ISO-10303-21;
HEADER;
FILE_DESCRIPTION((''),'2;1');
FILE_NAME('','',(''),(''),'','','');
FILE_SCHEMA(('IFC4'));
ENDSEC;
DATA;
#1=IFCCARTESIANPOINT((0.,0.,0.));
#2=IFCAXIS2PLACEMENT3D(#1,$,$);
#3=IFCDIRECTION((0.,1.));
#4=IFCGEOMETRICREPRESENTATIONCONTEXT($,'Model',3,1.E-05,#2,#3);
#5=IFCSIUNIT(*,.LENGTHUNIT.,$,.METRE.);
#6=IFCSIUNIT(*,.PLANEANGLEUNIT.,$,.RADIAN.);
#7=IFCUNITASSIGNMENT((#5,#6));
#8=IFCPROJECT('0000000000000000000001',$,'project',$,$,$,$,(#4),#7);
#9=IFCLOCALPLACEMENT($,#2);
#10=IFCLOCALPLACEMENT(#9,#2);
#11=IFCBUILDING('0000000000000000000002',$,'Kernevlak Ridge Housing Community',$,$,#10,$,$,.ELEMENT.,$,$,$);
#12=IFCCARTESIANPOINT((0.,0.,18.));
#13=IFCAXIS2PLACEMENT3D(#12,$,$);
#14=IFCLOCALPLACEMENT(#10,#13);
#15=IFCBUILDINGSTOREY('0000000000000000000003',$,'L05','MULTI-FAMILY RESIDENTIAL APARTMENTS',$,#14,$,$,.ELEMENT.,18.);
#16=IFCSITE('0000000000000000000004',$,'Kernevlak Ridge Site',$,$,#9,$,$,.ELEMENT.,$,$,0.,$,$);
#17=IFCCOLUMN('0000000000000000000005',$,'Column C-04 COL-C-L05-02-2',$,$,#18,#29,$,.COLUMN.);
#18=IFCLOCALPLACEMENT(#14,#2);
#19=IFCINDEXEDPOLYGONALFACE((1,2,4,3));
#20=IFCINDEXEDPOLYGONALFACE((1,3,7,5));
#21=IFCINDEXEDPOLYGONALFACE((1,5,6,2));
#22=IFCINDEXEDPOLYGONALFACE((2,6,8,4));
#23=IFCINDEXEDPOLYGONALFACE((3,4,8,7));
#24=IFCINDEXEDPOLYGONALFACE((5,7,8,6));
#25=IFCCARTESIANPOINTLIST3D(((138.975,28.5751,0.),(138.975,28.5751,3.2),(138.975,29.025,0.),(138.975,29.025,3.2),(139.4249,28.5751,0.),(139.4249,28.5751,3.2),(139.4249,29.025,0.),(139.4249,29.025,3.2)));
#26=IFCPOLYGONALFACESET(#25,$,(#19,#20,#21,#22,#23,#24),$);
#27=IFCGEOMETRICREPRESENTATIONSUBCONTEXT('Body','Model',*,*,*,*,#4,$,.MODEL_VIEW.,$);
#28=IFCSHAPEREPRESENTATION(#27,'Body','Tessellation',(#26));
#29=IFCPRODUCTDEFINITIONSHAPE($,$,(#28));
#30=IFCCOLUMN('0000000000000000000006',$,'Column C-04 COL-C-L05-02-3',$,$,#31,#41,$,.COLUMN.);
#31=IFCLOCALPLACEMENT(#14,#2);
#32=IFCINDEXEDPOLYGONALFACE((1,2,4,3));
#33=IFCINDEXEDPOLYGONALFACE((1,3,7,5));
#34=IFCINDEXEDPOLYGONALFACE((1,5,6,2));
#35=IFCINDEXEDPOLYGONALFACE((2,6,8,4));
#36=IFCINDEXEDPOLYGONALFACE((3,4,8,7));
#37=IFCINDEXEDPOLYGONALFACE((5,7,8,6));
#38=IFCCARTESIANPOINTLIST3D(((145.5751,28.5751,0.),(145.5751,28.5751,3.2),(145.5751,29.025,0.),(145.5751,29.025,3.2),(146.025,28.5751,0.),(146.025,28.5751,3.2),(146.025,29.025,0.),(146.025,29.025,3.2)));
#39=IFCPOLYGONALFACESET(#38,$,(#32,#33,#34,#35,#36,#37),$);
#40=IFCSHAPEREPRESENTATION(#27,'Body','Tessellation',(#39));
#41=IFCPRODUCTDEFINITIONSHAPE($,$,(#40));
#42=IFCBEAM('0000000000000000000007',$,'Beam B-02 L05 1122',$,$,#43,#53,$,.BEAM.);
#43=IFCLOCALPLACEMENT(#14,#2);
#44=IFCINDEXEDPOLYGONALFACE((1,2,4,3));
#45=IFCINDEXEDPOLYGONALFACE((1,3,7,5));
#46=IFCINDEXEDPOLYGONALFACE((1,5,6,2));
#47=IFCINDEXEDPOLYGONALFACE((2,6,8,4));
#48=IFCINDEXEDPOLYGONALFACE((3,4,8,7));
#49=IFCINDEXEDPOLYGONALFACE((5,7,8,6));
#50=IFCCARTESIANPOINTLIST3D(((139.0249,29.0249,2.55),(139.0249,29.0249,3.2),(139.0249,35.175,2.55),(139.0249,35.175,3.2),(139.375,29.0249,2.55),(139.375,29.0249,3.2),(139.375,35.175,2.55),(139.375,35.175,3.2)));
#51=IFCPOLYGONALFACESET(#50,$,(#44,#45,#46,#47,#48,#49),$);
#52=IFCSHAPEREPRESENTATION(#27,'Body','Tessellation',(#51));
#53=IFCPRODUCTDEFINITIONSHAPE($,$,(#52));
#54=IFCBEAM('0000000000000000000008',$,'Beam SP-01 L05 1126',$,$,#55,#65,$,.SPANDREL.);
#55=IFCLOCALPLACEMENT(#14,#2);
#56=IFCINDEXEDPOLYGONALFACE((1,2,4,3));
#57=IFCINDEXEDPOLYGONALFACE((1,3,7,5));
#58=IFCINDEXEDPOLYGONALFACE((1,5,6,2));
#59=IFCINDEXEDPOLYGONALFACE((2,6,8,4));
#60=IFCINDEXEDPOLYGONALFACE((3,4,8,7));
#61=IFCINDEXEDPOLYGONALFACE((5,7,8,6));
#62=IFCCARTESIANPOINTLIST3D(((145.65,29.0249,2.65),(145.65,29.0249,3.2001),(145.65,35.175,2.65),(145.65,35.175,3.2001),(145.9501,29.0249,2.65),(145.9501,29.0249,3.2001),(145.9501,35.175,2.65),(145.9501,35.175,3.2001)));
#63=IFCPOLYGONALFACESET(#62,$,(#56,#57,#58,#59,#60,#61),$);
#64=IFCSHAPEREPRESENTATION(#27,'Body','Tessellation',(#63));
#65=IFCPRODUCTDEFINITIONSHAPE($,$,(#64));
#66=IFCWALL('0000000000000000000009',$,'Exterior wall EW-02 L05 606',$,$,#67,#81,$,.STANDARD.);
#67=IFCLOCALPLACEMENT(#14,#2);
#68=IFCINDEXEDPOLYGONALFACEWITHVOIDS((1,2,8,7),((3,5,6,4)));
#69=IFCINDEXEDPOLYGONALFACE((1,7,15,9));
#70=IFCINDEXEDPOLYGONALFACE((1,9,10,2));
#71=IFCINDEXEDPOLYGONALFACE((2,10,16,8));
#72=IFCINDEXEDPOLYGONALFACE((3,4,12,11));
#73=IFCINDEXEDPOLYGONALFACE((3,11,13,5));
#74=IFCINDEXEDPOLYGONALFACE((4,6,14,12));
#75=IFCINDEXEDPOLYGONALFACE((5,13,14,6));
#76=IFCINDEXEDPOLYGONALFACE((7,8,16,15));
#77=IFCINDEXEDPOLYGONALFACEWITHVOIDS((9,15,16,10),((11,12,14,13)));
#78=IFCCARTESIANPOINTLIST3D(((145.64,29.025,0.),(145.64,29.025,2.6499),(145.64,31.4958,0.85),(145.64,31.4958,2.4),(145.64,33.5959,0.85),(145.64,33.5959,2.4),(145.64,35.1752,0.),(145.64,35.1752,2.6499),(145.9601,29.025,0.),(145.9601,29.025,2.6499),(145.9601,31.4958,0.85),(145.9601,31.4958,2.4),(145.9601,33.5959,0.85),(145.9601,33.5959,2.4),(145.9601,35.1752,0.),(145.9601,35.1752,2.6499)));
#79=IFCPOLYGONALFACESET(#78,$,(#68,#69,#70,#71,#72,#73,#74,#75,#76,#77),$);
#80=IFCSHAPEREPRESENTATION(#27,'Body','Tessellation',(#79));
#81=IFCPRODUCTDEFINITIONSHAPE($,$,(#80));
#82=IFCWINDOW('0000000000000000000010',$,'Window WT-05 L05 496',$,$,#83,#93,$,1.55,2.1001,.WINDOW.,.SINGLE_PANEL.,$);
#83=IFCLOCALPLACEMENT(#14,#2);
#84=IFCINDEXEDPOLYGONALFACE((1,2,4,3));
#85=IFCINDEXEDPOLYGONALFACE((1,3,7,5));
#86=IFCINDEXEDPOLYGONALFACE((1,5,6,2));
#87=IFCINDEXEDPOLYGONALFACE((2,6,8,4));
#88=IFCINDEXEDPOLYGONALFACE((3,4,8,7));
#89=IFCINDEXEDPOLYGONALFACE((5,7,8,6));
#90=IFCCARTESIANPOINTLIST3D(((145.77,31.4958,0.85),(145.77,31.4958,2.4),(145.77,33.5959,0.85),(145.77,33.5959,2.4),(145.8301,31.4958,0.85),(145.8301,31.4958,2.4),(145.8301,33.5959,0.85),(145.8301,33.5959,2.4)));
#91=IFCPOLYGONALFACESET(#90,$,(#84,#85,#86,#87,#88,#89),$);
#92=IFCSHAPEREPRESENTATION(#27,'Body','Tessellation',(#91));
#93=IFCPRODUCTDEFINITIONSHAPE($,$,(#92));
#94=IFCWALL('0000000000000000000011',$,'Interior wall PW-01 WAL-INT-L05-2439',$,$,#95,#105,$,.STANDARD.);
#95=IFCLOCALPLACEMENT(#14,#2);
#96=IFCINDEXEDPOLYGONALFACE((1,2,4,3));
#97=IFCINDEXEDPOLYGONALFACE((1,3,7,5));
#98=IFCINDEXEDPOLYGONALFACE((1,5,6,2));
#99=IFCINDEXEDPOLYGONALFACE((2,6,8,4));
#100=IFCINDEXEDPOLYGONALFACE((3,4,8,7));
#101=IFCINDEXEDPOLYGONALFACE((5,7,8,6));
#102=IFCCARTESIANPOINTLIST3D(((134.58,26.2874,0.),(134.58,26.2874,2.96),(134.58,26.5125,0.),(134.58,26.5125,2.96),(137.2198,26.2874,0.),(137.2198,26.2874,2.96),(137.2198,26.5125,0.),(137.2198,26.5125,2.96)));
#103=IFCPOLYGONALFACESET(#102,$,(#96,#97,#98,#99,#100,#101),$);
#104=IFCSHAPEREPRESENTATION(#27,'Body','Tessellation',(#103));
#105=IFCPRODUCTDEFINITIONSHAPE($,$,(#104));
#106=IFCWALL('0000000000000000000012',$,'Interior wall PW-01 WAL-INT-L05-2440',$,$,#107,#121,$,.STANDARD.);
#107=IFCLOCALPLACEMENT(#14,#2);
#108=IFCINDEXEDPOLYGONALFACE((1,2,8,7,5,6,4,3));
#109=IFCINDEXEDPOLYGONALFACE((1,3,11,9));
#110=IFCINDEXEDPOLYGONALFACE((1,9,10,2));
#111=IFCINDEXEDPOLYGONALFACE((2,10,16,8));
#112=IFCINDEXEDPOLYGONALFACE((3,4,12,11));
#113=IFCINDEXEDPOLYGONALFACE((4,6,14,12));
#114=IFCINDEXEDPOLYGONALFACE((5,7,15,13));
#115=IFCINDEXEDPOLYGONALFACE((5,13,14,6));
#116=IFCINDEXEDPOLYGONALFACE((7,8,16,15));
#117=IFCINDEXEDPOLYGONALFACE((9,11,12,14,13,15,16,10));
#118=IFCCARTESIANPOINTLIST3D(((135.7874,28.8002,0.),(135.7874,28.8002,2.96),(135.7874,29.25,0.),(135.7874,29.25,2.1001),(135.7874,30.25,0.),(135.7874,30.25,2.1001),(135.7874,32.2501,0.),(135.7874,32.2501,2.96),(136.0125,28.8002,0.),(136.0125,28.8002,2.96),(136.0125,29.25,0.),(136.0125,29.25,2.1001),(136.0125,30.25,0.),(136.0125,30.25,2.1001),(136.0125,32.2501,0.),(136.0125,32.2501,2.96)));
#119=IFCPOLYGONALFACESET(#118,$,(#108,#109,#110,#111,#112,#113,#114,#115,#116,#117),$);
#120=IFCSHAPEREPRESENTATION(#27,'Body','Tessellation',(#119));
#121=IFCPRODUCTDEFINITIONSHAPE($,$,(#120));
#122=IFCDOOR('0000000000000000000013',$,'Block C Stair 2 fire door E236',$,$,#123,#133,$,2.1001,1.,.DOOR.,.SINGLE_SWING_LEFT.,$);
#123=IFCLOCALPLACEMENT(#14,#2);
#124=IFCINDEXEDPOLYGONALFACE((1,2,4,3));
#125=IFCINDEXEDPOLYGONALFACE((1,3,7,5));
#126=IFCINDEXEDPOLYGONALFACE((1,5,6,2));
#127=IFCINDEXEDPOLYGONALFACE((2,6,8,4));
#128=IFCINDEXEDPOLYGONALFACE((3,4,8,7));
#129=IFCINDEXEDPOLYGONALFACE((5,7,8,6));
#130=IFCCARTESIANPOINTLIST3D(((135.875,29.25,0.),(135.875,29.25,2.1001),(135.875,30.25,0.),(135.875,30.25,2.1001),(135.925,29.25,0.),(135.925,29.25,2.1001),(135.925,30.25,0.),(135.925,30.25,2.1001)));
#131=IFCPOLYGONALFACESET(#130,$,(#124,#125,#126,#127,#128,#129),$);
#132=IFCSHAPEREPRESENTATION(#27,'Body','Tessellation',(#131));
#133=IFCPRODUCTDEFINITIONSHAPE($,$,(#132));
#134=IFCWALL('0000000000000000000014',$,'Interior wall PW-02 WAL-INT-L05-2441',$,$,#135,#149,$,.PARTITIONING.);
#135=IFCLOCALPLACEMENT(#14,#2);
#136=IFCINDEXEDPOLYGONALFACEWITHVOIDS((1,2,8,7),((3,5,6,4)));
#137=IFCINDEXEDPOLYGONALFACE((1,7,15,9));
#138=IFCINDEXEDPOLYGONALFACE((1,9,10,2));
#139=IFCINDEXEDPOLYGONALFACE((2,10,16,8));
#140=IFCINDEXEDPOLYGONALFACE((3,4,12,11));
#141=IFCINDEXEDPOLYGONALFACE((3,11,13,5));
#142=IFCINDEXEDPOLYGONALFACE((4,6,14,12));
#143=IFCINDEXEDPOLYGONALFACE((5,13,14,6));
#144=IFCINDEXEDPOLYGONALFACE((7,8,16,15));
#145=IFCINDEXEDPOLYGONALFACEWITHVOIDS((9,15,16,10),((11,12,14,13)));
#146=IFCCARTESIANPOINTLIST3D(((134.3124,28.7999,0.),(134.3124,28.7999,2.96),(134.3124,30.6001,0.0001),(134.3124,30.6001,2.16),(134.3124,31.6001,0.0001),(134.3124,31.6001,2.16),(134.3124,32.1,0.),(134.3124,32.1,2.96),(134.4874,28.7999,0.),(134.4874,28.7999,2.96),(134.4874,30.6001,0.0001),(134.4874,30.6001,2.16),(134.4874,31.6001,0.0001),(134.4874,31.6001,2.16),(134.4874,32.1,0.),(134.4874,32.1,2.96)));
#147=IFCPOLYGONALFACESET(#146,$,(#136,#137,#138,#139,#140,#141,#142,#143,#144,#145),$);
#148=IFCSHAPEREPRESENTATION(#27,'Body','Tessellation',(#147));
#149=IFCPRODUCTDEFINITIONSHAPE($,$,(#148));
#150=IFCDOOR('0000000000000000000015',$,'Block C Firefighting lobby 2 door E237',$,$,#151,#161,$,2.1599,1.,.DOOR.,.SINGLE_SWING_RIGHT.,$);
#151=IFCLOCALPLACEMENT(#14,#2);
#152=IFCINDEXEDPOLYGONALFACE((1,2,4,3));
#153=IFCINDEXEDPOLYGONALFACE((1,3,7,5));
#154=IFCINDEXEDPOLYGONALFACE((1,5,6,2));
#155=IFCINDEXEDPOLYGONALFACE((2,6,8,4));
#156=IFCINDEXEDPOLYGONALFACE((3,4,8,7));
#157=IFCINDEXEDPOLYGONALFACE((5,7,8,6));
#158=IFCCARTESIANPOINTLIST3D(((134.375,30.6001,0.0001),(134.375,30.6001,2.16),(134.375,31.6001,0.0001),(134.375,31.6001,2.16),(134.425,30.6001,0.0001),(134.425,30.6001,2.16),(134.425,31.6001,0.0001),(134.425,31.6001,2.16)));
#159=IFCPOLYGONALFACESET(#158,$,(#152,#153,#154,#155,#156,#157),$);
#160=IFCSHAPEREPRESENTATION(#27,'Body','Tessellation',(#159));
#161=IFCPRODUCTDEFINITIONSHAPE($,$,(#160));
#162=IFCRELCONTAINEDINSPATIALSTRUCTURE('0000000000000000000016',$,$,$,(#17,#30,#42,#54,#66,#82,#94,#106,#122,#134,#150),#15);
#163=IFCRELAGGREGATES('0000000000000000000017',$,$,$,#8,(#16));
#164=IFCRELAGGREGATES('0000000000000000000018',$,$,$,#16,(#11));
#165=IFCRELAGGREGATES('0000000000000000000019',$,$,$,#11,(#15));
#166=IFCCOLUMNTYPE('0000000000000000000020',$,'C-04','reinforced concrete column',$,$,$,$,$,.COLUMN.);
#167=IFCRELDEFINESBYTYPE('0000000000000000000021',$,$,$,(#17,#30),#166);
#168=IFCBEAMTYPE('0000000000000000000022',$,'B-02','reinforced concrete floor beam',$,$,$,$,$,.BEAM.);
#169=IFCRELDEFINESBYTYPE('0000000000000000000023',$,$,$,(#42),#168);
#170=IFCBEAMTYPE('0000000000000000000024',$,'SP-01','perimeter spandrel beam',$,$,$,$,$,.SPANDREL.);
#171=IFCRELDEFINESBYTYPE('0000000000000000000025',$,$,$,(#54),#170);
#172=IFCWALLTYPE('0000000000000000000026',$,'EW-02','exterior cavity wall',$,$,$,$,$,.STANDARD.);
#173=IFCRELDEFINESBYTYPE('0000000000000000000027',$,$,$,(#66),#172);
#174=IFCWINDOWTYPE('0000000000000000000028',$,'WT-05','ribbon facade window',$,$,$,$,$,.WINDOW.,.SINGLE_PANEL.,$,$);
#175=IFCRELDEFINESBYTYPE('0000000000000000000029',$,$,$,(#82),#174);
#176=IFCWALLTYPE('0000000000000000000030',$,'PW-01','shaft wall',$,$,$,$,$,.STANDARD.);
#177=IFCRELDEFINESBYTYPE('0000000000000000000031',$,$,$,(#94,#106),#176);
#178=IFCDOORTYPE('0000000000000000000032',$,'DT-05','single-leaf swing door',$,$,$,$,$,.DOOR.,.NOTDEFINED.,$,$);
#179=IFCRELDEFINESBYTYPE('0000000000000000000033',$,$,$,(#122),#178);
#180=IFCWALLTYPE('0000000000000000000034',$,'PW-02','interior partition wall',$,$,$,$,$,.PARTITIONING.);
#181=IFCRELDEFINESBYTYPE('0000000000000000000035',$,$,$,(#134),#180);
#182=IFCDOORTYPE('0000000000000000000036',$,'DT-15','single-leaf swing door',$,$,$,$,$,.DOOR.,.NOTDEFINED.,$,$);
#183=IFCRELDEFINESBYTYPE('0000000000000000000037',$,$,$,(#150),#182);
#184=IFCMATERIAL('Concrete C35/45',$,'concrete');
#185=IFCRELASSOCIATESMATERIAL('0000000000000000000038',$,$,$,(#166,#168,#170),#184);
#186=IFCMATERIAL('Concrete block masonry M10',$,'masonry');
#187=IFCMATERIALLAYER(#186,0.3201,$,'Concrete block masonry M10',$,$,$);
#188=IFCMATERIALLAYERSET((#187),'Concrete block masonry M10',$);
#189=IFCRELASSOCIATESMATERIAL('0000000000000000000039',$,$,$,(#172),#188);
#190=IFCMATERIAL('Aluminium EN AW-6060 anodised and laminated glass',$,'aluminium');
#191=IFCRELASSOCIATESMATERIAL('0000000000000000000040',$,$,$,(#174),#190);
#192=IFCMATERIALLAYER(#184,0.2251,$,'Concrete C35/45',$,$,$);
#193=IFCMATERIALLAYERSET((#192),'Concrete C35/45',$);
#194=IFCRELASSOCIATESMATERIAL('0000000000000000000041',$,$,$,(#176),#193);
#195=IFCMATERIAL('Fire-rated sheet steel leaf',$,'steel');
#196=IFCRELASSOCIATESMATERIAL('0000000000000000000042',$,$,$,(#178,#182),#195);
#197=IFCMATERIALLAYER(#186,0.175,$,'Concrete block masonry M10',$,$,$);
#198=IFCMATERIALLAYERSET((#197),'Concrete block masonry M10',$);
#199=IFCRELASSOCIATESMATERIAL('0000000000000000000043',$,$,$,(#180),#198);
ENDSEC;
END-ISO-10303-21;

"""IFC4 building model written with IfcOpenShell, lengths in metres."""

from ifc_helpers import new_model, si_unit, direction, frame, frame_2d, origin, origin_2d, place, context, subcontext, project, spatial, rectangle, extrude, material, layer, layer_set, material_profile, profile_set, type_object, element, fill, save


model = new_model("IFC4")

# Units and contexts
model_context = context("Model", 3, precision=1e-05, world=origin(), true_north=direction((0.0, 1.0)))
body_context = subcontext(model_context, "Body", "Model", "MODEL_VIEW")
ifc_project = project(units=[si_unit("LENGTHUNIT", "METRE"), si_unit("PLANEANGLEUNIT", "RADIAN")], contexts=[model_context])

# Site, building, storey
site_placement = place(None, origin())
site = spatial("IfcSite", under=ifc_project, at=site_placement, Name="Kernevlak Ridge Site", CompositionType="ELEMENT", RefElevation=0.0)
building_placement = place(site_placement, origin())
building = spatial("IfcBuilding", under=site, at=building_placement, Name="Kernevlak Ridge Housing Community", CompositionType="ELEMENT")
storey_placement = place(building_placement, frame((0.0, 0.0, 18.0)))
storey = spatial("IfcBuildingStorey", under=building, at=storey_placement, Name="L05", Description="MULTI-FAMILY RESIDENTIAL APARTMENTS", CompositionType="ELEMENT", Elevation=18.0)

# Columns
ifc_material_1 = material(Name="Concrete C35/45", Category="concrete")
ifc_material_profile_1 = material_profile(ifc_material_1, rectangle(XDim=0.45, YDim=0.45, at=origin_2d()), Name="RC 450x450")
ifc_profile_set_1 = profile_set([ifc_material_profile_1], Name="Concrete C35/45")
column_type = type_object("IfcColumnType", Name="C-04", Description="reinforced concrete column", PredefinedType="COLUMN", material=ifc_profile_set_1)
for number, where, z_axis, x_axis, name in (
    (1, (139.2, 28.8, 0.0), (0.0, 0.0, 1.0), (1.0, 0.0, 0.0), "Column C-04 COL-C-L05-02-2"),
    (2, (145.8, 28.8, 0.0), (0.0, 0.0, 1.0), (1.0, 0.0, 0.0), "Column C-04 COL-C-L05-02-3"),
):
    element("IfcColumn", number, at=place(storey_placement, frame(where, z_axis=z_axis, x_axis=x_axis)), inside=storey, type_object=column_type, Name=name, PredefinedType="COLUMN", context=body_context, shape_type="SweptSolid", body=[
        extrude(rectangle(XDim=0.45, YDim=0.45, at=origin_2d()), origin(), (0.0, 0.0, 1.0), 3.2),
    ])

# Beams
ifc_material_profile_2 = material_profile(ifc_material_1, rectangle(XDim=0.3501, YDim=0.6499, at=origin_2d()), Name="RC 350x650")
ifc_profile_set_2 = profile_set([ifc_material_profile_2], Name="Concrete C35/45")
beam_type_1 = type_object("IfcBeamType", Name="B-02", Description="reinforced concrete floor beam", PredefinedType="BEAM", material=ifc_profile_set_2)
beam_1_placement = place(storey_placement, frame((139.2, 29.0249, 2.875), z_axis=(0.0, 1.0, 0.0), x_axis=(-1.0, 0.0, 0.0)))
element("IfcBeam", 3, at=beam_1_placement, inside=storey, type_object=beam_type_1, Name="Beam B-02 L05 1122", PredefinedType="BEAM", context=body_context, shape_type="SweptSolid", body=[
    extrude(rectangle(XDim=0.3501, YDim=0.6499, at=origin_2d()), origin(), (0.0, 0.0, 1.0), 6.1501),
])
ifc_material_profile_3 = material_profile(ifc_material_1, rectangle(XDim=0.3, YDim=0.55, at=origin_2d()), Name="RC 300x550")
ifc_profile_set_3 = profile_set([ifc_material_profile_3], Name="Concrete C35/45")
beam_type_2 = type_object("IfcBeamType", Name="SP-01", Description="perimeter spandrel beam", PredefinedType="SPANDREL", material=ifc_profile_set_3)
beam_2_placement = place(storey_placement, frame((145.8, 29.0249, 2.925), z_axis=(0.0, 1.0, 0.0), x_axis=(-1.0, 0.0, 0.0)))
element("IfcBeam", 4, at=beam_2_placement, inside=storey, type_object=beam_type_2, Name="Beam SP-01 L05 1126", PredefinedType="SPANDREL", context=body_context, shape_type="SweptSolid", body=[
    extrude(rectangle(XDim=0.3, YDim=0.55, at=origin_2d()), origin(), (0.0, 0.0, 1.0), 6.1501),
])

# Wall, opening, window
ifc_material_2 = material(Name="Concrete block masonry M10", Category="masonry")
ifc_layer_1 = layer(ifc_material_2, 0.3201, Name="Concrete block masonry M10")
ifc_layer_set_1 = layer_set([ifc_layer_1], Name="Concrete block masonry M10")
wall_type_1 = type_object("IfcWallType", Name="EW-02", Description="exterior cavity wall", PredefinedType="STANDARD", material=ifc_layer_set_1)
wall_1_placement = place(storey_placement, frame((145.8, 29.0249, 0.0), z_axis=(0.0, 0.0, 1.0), x_axis=(0.0, 1.0, 0.0)))
wall_1 = element("IfcWall", 5, at=wall_1_placement, inside=storey, type_object=wall_type_1, Name="Exterior wall EW-02 L05 606", PredefinedType="STANDARD", context=body_context, shape_type="SweptSolid", body=[
    extrude(rectangle(XDim=6.1501, YDim=0.3201, at=frame_2d((3.0752, 0.0))), origin(), (0.0, 0.0, 1.0), 2.6499),
])
opening_1_placement = place(wall_1_placement, frame((2.4709, 0.0, 0.8501)))
opening_1 = element("IfcOpeningElement", 6, at=opening_1_placement, cuts=wall_1, PredefinedType="OPENING", context=body_context, shape_type="SweptSolid", body=[
    extrude(rectangle(XDim=2.1001, YDim=1.55, at=frame_2d((1.05, 0.7749))), frame((0.0, 0.1699, 0.0), z_axis=(0.0, -1.0, 0.0), x_axis=(1.0, 0.0, 0.0)), (0.0, 0.0, 1.0), 0.3401),
])
ifc_material_3 = material(Name="Aluminium EN AW-6060 anodised and laminated glass", Category="aluminium")
window_type = type_object("IfcWindowType", Name="WT-05", Description="ribbon facade window", PartitioningType="SINGLE_PANEL", PredefinedType="WINDOW", material=ifc_material_3)
window_placement = place(opening_1_placement, origin())
window = element("IfcWindow", 7, at=window_placement, inside=storey, type_object=window_type, Name="Window WT-05 L05 496", OverallHeight=1.55, OverallWidth=2.1001, PartitioningType="SINGLE_PANEL", PredefinedType="WINDOW", context=body_context, shape_type="SweptSolid", body=[
    extrude(rectangle(XDim=2.1001, YDim=1.55, at=frame_2d((1.05, 0.7749))), frame((0.0, 0.03, 0.0), z_axis=(0.0, -1.0, 0.0), x_axis=(1.0, 0.0, 0.0)), (0.0, 0.0, 1.0), 0.0601),
])
fill(opening_1, window)

# Wall
ifc_layer_2 = layer(ifc_material_1, 0.2251, Name="Concrete C35/45")
ifc_layer_set_2 = layer_set([ifc_layer_2], Name="Concrete C35/45")
wall_type_2 = type_object("IfcWallType", Name="PW-01", Description="shaft wall", PredefinedType="STANDARD", material=ifc_layer_set_2)
wall_2_placement = place(storey_placement, frame((134.5801, 26.3999, 0.0), z_axis=(0.0, 0.0, 1.0), x_axis=(1.0, 0.0, 0.0)))
element("IfcWall", 8, at=wall_2_placement, inside=storey, type_object=wall_type_2, Name="Interior wall PW-01 WAL-INT-L05-2439", PredefinedType="STANDARD", context=body_context, shape_type="SweptSolid", body=[
    extrude(rectangle(XDim=2.6399, YDim=0.2251, at=frame_2d((1.3198, 0.0))), origin(), (0.0, 0.0, 1.0), 2.96),
])

# Walls, openings, doors
wall_3_placement = place(storey_placement, frame((135.8999, 28.8, 0.0), z_axis=(0.0, 0.0, 1.0), x_axis=(0.0, 1.0, 0.0)))
wall_3 = element("IfcWall", 9, at=wall_3_placement, inside=storey, type_object=wall_type_2, Name="Interior wall PW-01 WAL-INT-L05-2440", PredefinedType="STANDARD", context=body_context, shape_type="SweptSolid", body=[
    extrude(rectangle(XDim=3.45, YDim=0.2251, at=frame_2d((1.7251, 0.0))), origin(), (0.0, 0.0, 1.0), 2.96),
])
opening_2_placement = place(wall_3_placement, frame((0.45, 0.0, 0.0)))
opening_2 = element("IfcOpeningElement", 10, at=opening_2_placement, cuts=wall_3, PredefinedType="OPENING", context=body_context, shape_type="SweptSolid", body=[
    extrude(rectangle(XDim=1.0, YDim=2.1001, at=frame_2d((0.5, 1.05))), frame((0.0, 0.1226, 0.0), z_axis=(0.0, -1.0, 0.0), x_axis=(1.0, 0.0, 0.0)), (0.0, 0.0, 1.0), 0.2451),
])
ifc_material_4 = material(Name="Fire-rated sheet steel leaf", Category="steel")
door_type_1 = type_object("IfcDoorType", Name="DT-05", Description="single-leaf swing door", OperationType="NOTDEFINED", PredefinedType="DOOR", material=ifc_material_4)
door_1_placement = place(opening_2_placement, origin())
door_1 = element("IfcDoor", 11, at=door_1_placement, inside=storey, type_object=door_type_1, Name="Block C Stair 2 fire door E236", OperationType="SINGLE_SWING_LEFT", OverallHeight=2.1001, OverallWidth=1.0, PredefinedType="DOOR", context=body_context, shape_type="SweptSolid", body=[
    extrude(rectangle(XDim=1.0, YDim=2.1001, at=frame_2d((0.5, 1.05))), frame((0.0, 0.0249, 0.0), z_axis=(0.0, -1.0, 0.0), x_axis=(1.0, 0.0, 0.0)), (0.0, 0.0, 1.0), 0.05),
])
fill(opening_2, door_1)
ifc_layer_3 = layer(ifc_material_2, 0.175, Name="Concrete block masonry M10")
ifc_layer_set_3 = layer_set([ifc_layer_3], Name="Concrete block masonry M10")
wall_type_3 = type_object("IfcWallType", Name="PW-02", Description="interior partition wall", PredefinedType="PARTITIONING", material=ifc_layer_set_3)
wall_4_placement = place(storey_placement, frame((134.3999, 28.8, 0.0), z_axis=(0.0, 0.0, 1.0), x_axis=(0.0, 1.0, 0.0)))
wall_4 = element("IfcWall", 12, at=wall_4_placement, inside=storey, type_object=wall_type_3, Name="Interior wall PW-02 WAL-INT-L05-2441", PredefinedType="PARTITIONING", context=body_context, shape_type="SweptSolid", body=[
    extrude(rectangle(XDim=3.3, YDim=0.175, at=frame_2d((1.6499, 0.0))), origin(), (0.0, 0.0, 1.0), 2.96),
])
opening_3_placement = place(wall_4_placement, frame((1.8, 0.0, 0.0)))
opening_3 = element("IfcOpeningElement", 13, at=opening_3_placement, cuts=wall_4, PredefinedType="OPENING", context=body_context, shape_type="SweptSolid", body=[
    extrude(rectangle(XDim=1.0, YDim=2.1599, at=frame_2d((0.5, 1.0801))), frame((0.0, 0.0974, 0.0), z_axis=(0.0, -1.0, 0.0), x_axis=(1.0, 0.0, 0.0)), (0.0, 0.0, 1.0), 0.1951),
])
door_type_2 = type_object("IfcDoorType", Name="DT-15", Description="single-leaf swing door", OperationType="NOTDEFINED", PredefinedType="DOOR", material=ifc_material_4)
door_2_placement = place(opening_3_placement, origin())
door_2 = element("IfcDoor", 14, at=door_2_placement, inside=storey, type_object=door_type_2, Name="Block C Firefighting lobby 2 door E237", OperationType="SINGLE_SWING_RIGHT", OverallHeight=2.1599, OverallWidth=1.0, PredefinedType="DOOR", context=body_context, shape_type="SweptSolid", body=[
    extrude(rectangle(XDim=1.0, YDim=2.1599, at=frame_2d((0.5, 1.0801))), frame((0.0, 0.0249, 0.0), z_axis=(0.0, -1.0, 0.0), x_axis=(1.0, 0.0, 0.0)), (0.0, 0.0, 1.0), 0.05),
])
fill(opening_3, door_2)

save(model, "model.ifc")
